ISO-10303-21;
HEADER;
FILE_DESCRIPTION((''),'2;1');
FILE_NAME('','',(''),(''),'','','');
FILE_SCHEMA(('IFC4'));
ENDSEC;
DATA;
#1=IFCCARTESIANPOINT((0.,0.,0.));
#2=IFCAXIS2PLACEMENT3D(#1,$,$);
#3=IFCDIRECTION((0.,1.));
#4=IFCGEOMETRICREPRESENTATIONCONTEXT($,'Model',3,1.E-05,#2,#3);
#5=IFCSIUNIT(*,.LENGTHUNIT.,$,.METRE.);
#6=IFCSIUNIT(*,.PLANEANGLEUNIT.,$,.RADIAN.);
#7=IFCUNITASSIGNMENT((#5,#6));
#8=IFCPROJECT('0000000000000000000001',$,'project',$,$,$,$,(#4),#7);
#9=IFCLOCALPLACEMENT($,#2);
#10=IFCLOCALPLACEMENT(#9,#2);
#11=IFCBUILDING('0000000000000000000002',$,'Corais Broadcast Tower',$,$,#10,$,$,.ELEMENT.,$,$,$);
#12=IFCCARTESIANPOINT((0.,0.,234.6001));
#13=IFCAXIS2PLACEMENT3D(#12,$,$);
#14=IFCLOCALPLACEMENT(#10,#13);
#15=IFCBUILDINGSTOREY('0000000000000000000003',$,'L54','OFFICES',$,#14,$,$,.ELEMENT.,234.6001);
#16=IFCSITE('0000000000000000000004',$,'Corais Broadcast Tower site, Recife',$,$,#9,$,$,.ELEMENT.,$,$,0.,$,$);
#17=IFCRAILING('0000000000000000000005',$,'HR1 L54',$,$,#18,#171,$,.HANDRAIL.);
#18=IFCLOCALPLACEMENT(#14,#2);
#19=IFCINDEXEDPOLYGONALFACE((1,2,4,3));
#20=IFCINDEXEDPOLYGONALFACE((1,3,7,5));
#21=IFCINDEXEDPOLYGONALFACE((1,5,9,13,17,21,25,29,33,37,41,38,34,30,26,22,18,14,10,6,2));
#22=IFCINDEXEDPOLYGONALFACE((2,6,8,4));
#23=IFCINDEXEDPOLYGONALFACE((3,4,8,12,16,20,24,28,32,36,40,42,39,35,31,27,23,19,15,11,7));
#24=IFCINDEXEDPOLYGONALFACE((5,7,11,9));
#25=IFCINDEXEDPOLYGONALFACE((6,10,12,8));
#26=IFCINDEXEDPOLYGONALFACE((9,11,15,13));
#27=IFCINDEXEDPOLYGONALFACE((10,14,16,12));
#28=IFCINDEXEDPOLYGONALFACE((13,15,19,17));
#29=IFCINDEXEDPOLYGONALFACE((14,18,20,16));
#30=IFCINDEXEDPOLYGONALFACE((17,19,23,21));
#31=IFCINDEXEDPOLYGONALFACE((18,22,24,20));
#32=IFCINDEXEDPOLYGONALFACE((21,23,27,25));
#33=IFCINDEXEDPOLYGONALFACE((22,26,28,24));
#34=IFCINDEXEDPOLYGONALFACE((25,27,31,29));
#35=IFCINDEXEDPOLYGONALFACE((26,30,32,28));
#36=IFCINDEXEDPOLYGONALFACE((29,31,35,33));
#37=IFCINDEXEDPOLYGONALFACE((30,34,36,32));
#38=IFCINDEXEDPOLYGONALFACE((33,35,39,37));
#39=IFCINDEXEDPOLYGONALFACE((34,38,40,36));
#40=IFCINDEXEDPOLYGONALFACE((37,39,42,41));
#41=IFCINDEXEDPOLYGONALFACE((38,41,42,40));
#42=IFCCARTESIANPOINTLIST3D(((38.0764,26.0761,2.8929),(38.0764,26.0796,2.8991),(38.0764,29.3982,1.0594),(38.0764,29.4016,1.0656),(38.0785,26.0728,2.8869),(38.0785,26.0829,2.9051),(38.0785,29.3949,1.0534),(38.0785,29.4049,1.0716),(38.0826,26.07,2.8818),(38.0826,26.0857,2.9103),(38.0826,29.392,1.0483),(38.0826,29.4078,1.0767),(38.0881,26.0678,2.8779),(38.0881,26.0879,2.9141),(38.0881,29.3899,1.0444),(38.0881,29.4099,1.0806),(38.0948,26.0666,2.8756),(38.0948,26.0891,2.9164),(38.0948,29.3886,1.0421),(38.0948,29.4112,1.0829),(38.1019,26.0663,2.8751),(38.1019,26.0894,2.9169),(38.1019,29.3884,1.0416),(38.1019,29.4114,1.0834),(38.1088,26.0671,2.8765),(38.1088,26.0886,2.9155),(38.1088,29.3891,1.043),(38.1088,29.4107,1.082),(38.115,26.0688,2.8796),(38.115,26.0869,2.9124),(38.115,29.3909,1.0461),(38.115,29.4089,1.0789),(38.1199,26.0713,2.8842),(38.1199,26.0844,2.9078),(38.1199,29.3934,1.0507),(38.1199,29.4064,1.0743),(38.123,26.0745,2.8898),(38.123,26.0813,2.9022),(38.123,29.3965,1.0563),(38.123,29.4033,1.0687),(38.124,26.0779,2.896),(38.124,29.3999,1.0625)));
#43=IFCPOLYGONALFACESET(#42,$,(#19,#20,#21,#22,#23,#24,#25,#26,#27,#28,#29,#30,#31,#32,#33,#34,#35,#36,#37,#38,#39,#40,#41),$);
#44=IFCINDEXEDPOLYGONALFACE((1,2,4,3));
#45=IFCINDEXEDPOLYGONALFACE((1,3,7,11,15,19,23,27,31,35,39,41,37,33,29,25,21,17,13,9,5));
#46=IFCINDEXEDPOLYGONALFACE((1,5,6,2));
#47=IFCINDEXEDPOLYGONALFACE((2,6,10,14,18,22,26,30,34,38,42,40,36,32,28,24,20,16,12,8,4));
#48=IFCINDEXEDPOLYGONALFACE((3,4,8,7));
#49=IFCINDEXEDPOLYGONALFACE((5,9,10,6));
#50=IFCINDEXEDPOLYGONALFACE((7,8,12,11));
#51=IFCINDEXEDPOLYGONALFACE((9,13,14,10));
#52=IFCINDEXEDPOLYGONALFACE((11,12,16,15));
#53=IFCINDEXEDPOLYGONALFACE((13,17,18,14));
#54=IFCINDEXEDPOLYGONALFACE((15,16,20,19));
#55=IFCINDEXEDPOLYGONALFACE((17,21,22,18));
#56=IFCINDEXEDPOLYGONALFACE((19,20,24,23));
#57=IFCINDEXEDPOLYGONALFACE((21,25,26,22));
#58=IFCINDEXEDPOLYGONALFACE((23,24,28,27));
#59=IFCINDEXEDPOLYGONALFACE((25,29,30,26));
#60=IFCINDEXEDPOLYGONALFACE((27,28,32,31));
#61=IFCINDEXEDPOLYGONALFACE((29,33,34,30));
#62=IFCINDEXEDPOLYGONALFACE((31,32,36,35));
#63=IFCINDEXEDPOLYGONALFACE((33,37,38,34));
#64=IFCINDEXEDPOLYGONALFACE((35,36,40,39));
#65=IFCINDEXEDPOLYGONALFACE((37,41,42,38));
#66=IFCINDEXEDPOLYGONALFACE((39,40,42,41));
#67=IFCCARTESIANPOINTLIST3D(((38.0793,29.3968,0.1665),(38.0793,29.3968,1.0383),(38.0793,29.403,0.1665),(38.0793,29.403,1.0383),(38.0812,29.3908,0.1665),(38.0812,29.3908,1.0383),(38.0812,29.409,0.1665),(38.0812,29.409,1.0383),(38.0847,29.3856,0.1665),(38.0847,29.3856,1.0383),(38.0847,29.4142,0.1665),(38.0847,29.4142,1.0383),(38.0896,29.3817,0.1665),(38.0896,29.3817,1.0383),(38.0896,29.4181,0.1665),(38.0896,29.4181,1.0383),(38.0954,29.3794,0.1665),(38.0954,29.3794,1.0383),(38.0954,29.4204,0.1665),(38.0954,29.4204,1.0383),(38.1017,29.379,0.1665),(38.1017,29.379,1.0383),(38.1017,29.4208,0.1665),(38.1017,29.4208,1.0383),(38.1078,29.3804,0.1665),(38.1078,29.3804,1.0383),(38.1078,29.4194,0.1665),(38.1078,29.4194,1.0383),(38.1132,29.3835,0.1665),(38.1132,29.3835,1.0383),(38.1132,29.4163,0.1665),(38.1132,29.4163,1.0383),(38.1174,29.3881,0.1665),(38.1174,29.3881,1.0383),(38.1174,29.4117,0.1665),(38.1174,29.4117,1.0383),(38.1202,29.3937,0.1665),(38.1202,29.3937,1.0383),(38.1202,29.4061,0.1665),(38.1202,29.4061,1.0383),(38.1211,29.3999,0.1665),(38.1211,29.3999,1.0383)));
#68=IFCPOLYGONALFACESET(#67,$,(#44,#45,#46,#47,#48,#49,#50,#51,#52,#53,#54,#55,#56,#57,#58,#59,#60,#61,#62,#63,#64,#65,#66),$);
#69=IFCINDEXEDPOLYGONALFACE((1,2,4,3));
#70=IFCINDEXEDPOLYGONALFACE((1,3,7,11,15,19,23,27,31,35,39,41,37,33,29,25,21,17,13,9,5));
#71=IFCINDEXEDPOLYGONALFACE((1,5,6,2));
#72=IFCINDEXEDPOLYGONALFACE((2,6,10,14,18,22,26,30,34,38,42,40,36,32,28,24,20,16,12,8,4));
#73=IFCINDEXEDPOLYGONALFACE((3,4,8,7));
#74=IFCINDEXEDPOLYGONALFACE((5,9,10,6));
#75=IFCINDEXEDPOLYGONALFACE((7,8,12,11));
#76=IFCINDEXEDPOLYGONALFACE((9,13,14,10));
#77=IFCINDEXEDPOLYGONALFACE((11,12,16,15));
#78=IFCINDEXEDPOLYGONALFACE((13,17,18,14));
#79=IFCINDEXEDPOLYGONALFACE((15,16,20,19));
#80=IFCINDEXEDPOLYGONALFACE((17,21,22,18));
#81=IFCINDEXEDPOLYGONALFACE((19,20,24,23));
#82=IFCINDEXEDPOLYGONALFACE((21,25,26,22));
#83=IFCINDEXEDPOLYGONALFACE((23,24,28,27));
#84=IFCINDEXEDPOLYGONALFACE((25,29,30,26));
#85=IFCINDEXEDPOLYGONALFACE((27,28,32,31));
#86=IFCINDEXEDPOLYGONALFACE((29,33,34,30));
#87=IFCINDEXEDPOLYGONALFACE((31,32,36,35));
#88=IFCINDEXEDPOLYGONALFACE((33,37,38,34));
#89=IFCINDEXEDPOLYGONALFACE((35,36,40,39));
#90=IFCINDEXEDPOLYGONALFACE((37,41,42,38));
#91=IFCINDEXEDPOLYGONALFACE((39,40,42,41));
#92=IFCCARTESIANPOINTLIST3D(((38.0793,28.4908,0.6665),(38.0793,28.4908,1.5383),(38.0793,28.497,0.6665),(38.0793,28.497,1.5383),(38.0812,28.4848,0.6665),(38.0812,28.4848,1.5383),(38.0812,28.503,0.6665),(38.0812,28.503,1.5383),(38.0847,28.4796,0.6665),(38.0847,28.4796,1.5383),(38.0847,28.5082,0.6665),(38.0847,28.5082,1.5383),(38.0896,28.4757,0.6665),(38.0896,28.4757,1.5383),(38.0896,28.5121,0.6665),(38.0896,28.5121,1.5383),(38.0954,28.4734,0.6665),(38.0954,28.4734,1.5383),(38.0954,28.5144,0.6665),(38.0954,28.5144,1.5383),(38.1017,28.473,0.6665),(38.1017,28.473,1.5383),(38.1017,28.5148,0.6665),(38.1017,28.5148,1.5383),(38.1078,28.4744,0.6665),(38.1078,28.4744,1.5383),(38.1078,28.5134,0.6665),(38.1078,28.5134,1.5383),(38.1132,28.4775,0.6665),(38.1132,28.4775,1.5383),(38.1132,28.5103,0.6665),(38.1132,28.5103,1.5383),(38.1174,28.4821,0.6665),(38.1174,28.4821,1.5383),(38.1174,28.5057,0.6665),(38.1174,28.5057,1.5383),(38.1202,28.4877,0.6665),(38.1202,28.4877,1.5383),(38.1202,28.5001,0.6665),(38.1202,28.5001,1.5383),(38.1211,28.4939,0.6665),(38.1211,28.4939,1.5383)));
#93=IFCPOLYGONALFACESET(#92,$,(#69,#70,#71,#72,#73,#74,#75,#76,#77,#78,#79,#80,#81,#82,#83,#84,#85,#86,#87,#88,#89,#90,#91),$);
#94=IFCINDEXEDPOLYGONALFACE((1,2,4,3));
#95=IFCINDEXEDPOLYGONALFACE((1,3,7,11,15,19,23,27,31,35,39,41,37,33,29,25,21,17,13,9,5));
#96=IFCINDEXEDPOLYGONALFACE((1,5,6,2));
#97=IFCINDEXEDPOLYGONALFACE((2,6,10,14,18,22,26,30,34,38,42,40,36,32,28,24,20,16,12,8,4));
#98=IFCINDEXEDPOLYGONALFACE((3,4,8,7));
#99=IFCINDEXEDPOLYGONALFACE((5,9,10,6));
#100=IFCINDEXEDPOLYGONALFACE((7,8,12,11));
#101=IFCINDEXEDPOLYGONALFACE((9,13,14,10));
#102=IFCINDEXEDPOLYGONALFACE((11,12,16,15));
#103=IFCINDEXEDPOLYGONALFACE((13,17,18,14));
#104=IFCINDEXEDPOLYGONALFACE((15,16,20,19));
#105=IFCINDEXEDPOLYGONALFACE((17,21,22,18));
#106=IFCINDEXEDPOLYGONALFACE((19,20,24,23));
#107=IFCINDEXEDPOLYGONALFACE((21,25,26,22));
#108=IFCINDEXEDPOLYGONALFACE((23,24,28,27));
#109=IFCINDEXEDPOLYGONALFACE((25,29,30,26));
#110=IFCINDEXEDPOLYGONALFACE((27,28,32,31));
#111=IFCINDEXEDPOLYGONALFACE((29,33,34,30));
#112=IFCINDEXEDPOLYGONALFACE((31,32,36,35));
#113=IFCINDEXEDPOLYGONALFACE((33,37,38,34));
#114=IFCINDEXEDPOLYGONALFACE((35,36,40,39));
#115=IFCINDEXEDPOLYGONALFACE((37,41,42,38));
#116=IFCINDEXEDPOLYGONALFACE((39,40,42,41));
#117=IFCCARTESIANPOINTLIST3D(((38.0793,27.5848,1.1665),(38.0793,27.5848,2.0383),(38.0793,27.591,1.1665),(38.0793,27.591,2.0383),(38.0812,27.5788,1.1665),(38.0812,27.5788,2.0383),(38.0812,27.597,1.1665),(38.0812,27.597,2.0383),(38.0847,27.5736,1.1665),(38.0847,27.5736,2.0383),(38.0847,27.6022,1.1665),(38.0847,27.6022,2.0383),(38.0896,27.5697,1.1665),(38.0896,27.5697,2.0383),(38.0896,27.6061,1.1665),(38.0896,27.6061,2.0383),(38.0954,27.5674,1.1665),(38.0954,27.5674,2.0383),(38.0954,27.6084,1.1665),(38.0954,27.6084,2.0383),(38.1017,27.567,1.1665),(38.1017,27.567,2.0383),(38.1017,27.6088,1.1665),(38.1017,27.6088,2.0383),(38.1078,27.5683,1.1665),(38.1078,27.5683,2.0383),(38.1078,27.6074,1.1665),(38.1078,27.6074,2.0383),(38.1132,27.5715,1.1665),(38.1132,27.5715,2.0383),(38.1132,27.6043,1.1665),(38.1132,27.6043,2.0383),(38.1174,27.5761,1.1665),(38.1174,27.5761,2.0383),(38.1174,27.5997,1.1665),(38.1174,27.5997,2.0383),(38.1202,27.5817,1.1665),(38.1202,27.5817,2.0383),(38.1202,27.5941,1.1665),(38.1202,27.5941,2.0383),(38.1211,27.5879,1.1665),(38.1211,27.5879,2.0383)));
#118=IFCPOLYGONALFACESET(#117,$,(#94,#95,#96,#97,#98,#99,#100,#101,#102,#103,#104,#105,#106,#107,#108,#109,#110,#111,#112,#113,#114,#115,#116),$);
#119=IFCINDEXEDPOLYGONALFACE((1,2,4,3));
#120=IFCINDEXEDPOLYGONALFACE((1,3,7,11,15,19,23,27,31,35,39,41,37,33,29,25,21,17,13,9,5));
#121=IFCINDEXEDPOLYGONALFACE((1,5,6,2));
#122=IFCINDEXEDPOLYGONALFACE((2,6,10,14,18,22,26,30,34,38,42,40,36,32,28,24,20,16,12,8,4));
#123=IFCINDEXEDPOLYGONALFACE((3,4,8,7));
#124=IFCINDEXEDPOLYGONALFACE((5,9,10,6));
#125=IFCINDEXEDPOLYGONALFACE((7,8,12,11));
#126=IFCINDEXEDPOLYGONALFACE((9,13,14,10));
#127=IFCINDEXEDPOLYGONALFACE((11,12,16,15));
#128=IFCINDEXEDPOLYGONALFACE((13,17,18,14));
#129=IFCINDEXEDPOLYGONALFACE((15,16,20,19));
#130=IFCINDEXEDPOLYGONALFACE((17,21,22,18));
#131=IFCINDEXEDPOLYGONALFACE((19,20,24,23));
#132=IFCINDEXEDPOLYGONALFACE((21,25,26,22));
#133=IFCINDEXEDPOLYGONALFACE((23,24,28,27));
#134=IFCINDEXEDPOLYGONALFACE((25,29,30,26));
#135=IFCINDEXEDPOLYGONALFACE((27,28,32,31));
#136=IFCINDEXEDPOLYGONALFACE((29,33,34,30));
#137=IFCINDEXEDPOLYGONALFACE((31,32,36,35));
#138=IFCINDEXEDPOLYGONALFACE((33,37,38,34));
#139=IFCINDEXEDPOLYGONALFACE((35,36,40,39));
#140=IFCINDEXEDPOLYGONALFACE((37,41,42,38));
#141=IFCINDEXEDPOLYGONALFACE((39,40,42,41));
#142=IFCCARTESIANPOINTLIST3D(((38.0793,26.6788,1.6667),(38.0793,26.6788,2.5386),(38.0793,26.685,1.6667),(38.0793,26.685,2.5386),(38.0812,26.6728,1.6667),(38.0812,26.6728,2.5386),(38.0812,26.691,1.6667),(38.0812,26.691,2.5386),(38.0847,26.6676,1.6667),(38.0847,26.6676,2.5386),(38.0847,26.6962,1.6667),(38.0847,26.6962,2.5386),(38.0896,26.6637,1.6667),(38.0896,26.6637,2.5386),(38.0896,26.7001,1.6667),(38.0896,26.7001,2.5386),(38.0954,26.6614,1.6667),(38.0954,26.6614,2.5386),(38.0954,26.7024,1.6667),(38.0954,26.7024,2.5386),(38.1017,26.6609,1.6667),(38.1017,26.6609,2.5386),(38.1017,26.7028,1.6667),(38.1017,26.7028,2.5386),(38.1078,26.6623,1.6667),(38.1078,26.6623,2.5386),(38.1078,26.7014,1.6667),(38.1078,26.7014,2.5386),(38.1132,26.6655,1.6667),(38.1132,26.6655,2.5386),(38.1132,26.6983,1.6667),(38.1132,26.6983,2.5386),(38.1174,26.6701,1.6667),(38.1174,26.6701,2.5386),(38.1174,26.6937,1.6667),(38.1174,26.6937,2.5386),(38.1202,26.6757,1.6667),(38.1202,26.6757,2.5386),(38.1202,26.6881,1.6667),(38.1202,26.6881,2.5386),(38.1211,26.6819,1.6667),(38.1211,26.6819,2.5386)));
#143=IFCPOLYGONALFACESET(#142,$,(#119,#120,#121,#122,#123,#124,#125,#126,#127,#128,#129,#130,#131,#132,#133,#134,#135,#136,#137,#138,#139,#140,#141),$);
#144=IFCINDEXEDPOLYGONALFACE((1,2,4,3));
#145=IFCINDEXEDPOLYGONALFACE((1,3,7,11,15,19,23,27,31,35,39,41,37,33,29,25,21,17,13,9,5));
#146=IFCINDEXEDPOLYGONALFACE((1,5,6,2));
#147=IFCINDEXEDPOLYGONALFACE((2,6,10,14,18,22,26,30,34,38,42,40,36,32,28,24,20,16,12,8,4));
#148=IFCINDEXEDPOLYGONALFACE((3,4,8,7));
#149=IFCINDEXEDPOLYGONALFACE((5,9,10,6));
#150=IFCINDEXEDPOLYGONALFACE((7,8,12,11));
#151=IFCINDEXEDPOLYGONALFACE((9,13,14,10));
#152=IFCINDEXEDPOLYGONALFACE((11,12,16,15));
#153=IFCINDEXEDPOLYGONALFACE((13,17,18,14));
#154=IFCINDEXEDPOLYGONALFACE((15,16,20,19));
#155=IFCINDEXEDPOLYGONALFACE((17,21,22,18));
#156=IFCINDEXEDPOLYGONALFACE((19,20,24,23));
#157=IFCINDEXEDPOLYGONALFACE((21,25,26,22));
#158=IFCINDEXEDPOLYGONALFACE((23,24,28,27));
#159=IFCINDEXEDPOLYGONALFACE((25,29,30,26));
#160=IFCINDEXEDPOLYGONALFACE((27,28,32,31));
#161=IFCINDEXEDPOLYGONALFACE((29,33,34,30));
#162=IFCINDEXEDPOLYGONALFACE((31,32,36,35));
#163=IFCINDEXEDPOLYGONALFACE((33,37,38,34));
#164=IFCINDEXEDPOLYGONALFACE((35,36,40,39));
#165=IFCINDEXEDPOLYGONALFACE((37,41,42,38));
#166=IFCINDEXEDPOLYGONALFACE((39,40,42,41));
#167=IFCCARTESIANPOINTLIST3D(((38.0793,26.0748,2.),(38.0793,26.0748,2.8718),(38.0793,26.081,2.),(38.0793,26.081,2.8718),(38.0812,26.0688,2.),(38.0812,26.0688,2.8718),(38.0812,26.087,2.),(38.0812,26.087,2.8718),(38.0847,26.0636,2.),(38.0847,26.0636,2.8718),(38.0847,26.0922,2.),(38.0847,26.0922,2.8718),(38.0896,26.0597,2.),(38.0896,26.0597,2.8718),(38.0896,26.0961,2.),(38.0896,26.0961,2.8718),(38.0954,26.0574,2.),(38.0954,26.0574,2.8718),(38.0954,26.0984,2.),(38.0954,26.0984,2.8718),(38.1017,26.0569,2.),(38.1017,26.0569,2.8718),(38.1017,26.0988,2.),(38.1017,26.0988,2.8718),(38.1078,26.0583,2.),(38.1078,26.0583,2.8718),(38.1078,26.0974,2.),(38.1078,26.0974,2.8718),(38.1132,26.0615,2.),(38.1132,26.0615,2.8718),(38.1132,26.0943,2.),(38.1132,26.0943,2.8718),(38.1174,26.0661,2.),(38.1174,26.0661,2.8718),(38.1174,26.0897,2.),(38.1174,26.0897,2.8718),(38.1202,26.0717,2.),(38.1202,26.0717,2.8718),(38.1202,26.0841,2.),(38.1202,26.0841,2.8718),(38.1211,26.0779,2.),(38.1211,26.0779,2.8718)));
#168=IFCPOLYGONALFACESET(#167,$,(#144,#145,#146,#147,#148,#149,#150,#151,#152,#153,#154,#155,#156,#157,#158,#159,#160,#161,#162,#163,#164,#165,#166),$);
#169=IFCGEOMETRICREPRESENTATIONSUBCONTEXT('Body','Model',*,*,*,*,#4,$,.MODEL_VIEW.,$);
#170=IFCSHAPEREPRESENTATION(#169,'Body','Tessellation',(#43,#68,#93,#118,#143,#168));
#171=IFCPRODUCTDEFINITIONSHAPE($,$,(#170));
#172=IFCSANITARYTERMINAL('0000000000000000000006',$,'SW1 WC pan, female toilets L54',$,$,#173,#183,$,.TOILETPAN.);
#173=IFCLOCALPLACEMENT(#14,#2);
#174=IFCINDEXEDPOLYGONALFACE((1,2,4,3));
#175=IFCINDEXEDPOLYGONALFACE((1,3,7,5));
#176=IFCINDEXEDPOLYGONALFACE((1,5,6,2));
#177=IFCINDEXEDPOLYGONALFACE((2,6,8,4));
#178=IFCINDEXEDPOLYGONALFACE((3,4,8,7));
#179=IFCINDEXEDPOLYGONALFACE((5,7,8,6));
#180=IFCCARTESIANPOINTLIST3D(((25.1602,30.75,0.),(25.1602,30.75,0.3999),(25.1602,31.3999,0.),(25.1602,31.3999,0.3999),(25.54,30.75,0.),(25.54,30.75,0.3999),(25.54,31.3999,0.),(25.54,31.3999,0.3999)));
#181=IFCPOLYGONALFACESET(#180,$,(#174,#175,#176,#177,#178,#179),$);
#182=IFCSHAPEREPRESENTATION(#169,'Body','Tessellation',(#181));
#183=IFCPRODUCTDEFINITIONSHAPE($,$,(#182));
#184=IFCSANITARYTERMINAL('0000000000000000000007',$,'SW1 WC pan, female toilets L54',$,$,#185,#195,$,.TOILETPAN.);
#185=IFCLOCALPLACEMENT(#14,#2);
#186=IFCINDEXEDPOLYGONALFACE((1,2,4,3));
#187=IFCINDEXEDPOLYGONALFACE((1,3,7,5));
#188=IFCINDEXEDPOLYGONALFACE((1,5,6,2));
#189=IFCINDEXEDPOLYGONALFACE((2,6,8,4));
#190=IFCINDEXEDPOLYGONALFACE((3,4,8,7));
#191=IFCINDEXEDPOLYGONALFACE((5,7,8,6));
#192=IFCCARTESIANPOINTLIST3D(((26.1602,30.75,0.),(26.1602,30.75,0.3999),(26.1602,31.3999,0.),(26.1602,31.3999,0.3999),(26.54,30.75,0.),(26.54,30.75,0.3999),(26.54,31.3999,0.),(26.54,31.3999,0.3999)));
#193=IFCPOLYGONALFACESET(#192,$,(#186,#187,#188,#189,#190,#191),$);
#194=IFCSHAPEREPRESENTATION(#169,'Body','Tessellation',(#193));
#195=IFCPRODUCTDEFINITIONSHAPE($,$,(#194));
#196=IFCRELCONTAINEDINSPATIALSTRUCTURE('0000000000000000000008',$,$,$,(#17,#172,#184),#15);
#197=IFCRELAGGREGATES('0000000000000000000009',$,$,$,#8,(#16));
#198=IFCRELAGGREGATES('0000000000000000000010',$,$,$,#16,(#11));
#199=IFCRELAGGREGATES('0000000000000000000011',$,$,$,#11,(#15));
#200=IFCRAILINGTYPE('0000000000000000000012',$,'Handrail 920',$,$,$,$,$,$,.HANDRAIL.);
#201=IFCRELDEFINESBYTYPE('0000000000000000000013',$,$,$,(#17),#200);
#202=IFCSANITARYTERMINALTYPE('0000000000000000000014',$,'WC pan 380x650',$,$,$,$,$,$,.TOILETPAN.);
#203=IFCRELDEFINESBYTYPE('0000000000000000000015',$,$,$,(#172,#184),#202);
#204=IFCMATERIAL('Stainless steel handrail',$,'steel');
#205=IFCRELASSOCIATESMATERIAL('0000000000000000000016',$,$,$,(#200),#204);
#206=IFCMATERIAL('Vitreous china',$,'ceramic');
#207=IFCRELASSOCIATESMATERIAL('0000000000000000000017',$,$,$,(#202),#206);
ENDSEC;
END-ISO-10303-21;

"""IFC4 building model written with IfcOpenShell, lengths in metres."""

from ifc_helpers import new_model, si_unit, direction, frame, origin, origin_2d, place, context, subcontext, project, spatial, rectangle, circle, extrude, material, type_object, element, save


model = new_model("IFC4")

# Units and contexts
model_context = context("Model", 3, precision=1e-05, world=origin(), true_north=direction((0.0, 1.0)))
body_context = subcontext(model_context, "Body", "Model", "MODEL_VIEW")
ifc_project = project(units=[si_unit("LENGTHUNIT", "METRE"), si_unit("PLANEANGLEUNIT", "RADIAN")], contexts=[model_context])

# Site, building, storey
site_placement = place(None, origin())
site = spatial("IfcSite", under=ifc_project, at=site_placement, Name="Corais Broadcast Tower site, Recife", CompositionType="ELEMENT", RefElevation=0.0)
building_placement = place(site_placement, origin())
building = spatial("IfcBuilding", under=site, at=building_placement, Name="Corais Broadcast Tower", CompositionType="ELEMENT")
storey_placement = place(building_placement, frame((0.0, 0.0, 234.6001)))
storey = spatial("IfcBuildingStorey", under=building, at=storey_placement, Name="L54", Description="OFFICES", CompositionType="ELEMENT", Elevation=234.6001)

# Railing
ifc_material_1 = material(Name="Stainless steel handrail", Category="steel")
railing_type = type_object("IfcRailingType", Name="Handrail 920", PredefinedType="HANDRAIL", material=ifc_material_1)
for number, where, name in (
    (1, (38.1001, 29.3999, 0.1665), "HR1 L54"),
):
    element("IfcRailing", number, at=place(storey_placement, frame(where)), inside=storey, type_object=railing_type, Name=name, PredefinedType="HANDRAIL", context=body_context, shape_type="SweptSolid", body=[
        extrude(circle(Radius=0.0239, at=origin_2d()), frame((0.0, 0.0, 0.896), z_axis=(0.0, -0.875504, 0.48321), x_axis=(1.0, 0.0, 0.0)), (0.0, 0.0, 1.0), 3.7944),
        extrude(circle(Radius=0.021, at=origin_2d()), origin(), (0.0, 0.0, 1.0), 0.8718),
        extrude(circle(Radius=0.021, at=origin_2d()), frame((0.0, -0.906, 0.5)), (0.0, 0.0, 1.0), 0.8718),
        extrude(circle(Radius=0.021, at=origin_2d()), frame((0.0, -1.812, 1.0)), (0.0, 0.0, 1.0), 0.8718),
        extrude(circle(Radius=0.021, at=origin_2d()), frame((0.0, -2.718, 1.5002)), (0.0, 0.0, 1.0), 0.8718),
        extrude(circle(Radius=0.021, at=origin_2d()), frame((0.0, -3.322, 1.8335)), (0.0, 0.0, 1.0), 0.8718),
    ])

# Sanitary terminals
ifc_material_2 = material(Name="Vitreous china", Category="ceramic")
sanitary_terminal_type = type_object("IfcSanitaryTerminalType", Name="WC pan 380x650", PredefinedType="TOILETPAN", material=ifc_material_2)
for number, where, z_axis, x_axis, name in (
    (2, (25.3501, 31.075, 0.0), (0.0, 0.0, 1.0), (1.0, 0.0, 0.0), "SW1 WC pan, female toilets L54"),
    (3, (26.3501, 31.075, 0.0), (0.0, 0.0, 1.0), (1.0, 0.0, 0.0), "SW1 WC pan, female toilets L54"),
):
    element("IfcSanitaryTerminal", number, at=place(storey_placement, frame(where, z_axis=z_axis, x_axis=x_axis)), inside=storey, type_object=sanitary_terminal_type, Name=name, PredefinedType="TOILETPAN", context=body_context, shape_type="SweptSolid", body=[
        extrude(rectangle(XDim=0.3799, YDim=0.6499, at=origin_2d()), origin(), (0.0, 0.0, 1.0), 0.3999),
    ])

save(model, "model.ifc")
